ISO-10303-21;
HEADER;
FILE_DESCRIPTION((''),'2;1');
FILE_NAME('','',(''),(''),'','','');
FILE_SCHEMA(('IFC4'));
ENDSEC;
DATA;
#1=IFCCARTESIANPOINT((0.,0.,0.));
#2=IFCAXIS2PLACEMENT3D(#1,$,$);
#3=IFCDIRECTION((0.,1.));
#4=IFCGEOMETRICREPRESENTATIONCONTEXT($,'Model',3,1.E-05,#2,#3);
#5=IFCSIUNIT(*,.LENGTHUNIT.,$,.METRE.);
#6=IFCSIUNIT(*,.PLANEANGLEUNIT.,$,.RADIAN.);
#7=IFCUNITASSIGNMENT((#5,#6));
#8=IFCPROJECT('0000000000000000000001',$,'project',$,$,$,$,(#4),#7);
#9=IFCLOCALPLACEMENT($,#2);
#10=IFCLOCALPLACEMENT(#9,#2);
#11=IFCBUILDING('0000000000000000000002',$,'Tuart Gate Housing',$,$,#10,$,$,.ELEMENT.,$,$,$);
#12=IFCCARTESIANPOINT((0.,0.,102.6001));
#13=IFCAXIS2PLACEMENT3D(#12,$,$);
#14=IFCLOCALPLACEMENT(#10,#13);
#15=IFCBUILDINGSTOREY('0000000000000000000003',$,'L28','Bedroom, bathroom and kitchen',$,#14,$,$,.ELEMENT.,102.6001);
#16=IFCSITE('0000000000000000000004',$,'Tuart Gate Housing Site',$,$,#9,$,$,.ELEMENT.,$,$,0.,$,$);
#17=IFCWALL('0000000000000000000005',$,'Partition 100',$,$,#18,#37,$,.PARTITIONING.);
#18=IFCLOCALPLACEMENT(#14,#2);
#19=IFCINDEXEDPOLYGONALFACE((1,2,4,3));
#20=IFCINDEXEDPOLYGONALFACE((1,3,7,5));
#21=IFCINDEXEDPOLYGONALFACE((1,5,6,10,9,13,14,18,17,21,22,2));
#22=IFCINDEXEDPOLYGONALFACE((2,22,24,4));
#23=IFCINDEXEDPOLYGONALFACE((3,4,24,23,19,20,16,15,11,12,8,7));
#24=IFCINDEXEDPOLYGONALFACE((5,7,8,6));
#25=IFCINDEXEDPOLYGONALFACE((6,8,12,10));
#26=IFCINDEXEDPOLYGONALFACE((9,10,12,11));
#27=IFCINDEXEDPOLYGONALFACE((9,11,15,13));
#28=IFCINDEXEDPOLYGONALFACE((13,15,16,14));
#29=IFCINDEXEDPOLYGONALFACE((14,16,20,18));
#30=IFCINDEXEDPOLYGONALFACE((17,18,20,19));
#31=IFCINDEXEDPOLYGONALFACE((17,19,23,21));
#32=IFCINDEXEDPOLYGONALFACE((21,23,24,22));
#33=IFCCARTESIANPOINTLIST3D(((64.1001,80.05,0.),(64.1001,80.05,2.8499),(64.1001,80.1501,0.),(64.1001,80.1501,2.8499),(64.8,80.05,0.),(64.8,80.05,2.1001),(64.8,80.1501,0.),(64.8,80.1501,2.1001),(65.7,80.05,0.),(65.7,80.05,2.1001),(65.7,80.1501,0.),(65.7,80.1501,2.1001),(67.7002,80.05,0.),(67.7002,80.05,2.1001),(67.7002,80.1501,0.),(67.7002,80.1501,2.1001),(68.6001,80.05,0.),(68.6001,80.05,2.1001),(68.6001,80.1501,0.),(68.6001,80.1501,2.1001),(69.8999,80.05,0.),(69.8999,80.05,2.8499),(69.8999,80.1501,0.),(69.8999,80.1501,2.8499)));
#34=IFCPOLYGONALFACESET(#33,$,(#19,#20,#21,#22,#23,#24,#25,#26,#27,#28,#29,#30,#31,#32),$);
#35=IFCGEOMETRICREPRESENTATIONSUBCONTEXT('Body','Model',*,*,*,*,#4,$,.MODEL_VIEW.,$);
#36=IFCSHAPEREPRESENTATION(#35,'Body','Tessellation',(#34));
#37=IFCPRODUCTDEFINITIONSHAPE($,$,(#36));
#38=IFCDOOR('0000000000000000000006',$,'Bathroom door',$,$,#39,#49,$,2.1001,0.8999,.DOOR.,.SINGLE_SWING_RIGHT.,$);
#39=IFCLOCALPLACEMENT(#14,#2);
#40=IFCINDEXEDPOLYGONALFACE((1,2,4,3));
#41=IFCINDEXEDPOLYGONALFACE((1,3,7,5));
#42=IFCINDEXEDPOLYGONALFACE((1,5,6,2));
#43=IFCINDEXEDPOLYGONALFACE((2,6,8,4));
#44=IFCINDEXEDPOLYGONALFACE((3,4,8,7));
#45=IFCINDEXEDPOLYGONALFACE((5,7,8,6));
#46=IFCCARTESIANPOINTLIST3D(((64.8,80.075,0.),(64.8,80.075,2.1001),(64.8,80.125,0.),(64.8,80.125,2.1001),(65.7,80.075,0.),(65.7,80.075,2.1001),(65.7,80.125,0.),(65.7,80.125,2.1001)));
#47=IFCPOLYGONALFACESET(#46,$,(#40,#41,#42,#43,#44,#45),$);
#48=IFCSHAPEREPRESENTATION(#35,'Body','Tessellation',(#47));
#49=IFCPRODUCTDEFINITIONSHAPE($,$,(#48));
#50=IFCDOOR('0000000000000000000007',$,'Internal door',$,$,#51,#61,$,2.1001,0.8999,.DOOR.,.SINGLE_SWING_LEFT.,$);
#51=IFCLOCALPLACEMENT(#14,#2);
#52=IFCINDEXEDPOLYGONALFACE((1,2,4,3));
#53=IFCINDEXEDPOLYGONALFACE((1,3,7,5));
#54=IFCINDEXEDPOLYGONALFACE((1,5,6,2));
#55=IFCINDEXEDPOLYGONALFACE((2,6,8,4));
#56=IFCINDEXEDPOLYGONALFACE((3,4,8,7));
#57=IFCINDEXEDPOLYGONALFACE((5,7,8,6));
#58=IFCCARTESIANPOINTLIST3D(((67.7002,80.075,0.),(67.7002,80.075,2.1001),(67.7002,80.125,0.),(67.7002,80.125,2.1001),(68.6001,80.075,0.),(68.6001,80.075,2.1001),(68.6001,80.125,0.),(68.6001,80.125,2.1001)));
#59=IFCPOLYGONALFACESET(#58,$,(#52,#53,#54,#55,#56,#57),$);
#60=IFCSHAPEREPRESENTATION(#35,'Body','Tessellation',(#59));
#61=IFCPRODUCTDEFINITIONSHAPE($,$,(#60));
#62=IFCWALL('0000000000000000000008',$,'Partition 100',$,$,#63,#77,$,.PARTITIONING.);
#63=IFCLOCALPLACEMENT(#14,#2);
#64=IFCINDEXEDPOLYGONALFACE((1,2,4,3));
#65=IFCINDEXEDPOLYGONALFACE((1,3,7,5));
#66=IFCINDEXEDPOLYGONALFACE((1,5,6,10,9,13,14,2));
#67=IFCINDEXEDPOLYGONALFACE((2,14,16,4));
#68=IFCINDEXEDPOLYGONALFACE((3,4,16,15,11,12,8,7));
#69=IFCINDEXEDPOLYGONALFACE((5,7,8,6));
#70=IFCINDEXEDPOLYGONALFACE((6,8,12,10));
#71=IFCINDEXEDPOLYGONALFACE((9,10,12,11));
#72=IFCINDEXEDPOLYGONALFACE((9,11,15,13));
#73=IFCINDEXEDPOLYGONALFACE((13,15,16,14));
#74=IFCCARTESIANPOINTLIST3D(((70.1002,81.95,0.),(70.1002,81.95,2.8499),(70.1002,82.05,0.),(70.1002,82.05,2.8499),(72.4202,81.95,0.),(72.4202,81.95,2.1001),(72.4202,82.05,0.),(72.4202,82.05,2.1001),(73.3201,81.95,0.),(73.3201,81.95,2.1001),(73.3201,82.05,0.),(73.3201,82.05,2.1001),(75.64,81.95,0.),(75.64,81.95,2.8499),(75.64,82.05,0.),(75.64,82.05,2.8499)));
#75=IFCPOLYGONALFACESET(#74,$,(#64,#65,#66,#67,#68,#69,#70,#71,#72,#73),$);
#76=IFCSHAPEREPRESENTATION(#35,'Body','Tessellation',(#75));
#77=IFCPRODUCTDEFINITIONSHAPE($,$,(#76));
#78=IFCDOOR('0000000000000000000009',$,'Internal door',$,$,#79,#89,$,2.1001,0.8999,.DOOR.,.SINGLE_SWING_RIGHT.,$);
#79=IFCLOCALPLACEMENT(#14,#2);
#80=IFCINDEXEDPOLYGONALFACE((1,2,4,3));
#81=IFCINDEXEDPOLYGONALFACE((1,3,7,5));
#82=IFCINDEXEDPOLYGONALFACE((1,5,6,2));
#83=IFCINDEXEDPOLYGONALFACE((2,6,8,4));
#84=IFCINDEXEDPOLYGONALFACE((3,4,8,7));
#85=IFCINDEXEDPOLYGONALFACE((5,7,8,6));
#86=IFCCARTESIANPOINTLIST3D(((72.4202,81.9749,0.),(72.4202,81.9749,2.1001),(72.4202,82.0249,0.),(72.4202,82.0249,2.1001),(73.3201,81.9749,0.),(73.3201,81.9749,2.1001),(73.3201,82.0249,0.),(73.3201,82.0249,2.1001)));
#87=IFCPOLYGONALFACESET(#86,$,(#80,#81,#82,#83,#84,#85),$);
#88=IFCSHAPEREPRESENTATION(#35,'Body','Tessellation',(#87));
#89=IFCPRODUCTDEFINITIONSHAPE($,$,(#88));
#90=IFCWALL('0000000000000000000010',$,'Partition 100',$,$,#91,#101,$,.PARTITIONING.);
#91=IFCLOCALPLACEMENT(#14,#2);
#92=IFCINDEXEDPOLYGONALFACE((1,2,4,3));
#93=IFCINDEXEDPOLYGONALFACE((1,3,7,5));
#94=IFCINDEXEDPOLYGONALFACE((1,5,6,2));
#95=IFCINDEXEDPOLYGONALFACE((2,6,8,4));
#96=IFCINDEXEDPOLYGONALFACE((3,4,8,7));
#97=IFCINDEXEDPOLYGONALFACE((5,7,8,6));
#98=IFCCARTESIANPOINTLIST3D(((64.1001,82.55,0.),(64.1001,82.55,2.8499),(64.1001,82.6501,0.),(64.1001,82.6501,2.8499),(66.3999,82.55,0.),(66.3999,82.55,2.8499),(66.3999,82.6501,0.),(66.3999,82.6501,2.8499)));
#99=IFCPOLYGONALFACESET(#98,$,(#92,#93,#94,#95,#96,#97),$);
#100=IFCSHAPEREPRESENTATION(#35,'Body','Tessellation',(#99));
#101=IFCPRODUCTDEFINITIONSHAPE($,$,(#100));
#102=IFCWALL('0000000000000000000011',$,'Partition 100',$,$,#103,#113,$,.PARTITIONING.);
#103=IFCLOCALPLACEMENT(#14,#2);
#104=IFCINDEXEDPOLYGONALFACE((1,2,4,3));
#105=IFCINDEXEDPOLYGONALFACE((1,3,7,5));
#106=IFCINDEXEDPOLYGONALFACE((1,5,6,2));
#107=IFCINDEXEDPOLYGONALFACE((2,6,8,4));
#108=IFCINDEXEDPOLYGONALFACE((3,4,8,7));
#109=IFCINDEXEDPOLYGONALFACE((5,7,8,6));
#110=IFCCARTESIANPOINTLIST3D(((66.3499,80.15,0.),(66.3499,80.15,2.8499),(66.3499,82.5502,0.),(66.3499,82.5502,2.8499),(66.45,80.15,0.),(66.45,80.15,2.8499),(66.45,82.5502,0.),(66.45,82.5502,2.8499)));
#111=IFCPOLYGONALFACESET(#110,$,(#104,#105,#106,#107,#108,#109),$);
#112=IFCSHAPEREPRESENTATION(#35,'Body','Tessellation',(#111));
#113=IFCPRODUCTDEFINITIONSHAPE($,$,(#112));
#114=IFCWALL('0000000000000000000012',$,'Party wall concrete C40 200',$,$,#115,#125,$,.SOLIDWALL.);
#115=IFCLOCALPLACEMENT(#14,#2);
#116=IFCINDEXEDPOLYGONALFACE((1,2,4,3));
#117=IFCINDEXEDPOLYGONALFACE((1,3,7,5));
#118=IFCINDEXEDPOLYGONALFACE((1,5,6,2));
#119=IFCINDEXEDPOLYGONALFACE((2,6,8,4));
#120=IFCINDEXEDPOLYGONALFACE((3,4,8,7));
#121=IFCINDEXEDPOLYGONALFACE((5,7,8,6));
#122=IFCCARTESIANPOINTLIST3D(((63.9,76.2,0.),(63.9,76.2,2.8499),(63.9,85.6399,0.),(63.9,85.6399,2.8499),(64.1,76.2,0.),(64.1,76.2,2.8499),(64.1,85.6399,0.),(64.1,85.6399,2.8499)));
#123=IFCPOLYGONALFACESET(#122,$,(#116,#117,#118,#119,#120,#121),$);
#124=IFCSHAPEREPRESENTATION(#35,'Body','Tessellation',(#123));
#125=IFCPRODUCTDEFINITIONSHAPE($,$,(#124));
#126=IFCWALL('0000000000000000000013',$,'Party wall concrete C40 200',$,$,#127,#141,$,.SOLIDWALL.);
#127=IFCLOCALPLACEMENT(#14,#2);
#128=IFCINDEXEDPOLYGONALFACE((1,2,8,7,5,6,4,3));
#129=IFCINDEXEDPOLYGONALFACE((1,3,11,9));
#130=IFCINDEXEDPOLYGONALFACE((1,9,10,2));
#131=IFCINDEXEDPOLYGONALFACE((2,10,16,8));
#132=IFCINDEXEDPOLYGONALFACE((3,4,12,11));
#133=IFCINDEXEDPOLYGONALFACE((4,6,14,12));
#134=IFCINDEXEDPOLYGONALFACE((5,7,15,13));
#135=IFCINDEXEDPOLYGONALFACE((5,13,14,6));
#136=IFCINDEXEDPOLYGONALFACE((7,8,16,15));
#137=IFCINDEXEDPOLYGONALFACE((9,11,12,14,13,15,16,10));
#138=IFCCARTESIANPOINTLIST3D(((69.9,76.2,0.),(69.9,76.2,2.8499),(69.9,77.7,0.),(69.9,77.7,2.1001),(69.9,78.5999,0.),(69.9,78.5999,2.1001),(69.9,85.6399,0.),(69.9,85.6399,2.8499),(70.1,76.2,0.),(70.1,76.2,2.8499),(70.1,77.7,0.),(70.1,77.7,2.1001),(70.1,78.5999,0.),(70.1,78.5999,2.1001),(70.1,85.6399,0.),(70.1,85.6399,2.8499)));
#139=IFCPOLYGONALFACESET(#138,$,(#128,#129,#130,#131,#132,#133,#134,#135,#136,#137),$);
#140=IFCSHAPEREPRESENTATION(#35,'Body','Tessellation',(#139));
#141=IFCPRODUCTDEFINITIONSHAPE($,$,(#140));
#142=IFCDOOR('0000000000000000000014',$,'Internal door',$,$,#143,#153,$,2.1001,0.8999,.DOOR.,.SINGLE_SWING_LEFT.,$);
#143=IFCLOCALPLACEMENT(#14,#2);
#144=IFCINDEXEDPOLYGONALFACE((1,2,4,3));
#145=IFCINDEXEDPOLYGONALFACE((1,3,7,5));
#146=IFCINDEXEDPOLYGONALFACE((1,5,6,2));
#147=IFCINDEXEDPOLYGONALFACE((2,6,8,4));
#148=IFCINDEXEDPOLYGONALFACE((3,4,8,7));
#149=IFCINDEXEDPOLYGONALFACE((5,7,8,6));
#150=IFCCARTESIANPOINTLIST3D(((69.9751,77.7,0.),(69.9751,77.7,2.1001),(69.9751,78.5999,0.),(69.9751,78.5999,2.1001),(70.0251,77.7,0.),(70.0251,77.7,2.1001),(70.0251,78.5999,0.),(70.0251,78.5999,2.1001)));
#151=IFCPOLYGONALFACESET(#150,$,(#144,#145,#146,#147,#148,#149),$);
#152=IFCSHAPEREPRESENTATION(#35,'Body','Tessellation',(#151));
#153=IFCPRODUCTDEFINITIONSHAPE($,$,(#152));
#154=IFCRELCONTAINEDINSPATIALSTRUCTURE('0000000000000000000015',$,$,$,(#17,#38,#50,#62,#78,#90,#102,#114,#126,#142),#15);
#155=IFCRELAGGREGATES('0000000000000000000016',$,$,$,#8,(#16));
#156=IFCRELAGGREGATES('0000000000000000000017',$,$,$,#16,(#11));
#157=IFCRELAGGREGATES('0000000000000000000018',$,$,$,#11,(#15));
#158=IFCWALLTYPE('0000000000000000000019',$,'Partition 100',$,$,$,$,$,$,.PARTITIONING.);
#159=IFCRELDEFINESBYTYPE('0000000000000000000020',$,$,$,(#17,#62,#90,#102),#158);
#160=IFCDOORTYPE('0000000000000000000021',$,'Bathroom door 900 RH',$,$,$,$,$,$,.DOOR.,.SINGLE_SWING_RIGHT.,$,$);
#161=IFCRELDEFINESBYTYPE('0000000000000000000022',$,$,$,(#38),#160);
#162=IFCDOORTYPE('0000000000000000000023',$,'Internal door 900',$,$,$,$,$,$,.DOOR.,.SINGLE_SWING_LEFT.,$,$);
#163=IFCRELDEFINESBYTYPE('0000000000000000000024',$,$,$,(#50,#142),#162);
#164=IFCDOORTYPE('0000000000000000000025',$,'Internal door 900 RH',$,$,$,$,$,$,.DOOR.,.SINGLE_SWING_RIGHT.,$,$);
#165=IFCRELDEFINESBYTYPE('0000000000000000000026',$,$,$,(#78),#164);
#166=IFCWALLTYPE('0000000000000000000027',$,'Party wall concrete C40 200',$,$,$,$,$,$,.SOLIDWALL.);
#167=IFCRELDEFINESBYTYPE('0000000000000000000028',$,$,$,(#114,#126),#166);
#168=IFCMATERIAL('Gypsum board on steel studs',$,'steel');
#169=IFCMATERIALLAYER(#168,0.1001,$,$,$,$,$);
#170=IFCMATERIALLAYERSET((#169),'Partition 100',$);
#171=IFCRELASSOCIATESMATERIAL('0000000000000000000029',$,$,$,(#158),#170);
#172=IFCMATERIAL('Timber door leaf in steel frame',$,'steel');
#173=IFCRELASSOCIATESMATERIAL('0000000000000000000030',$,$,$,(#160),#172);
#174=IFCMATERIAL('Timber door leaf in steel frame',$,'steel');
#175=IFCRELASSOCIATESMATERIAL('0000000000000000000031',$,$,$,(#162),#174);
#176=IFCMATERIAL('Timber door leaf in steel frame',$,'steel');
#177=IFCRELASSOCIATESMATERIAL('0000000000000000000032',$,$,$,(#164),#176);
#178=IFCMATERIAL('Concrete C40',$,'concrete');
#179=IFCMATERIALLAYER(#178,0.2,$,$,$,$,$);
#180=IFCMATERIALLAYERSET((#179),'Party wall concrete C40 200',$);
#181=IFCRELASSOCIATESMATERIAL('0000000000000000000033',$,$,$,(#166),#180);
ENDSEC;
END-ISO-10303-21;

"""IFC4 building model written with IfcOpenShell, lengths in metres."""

from ifc_helpers import new_model, si_unit, direction, frame, frame_2d, origin, place, context, subcontext, project, spatial, rectangle, extrude, material, layer, layer_set, type_object, element, fill, save


model = new_model("IFC4")

# Units and contexts
model_context = context("Model", 3, precision=1e-05, world=origin(), true_north=direction((0.0, 1.0)))
body_context = subcontext(model_context, "Body", "Model", "MODEL_VIEW")
ifc_project = project(units=[si_unit("LENGTHUNIT", "METRE"), si_unit("PLANEANGLEUNIT", "RADIAN")], contexts=[model_context])

# Site, building, storey
site_placement = place(None, origin())
site = spatial("IfcSite", under=ifc_project, at=site_placement, Name="Tuart Gate Housing Site", CompositionType="ELEMENT", RefElevation=0.0)
building_placement = place(site_placement, origin())
building = spatial("IfcBuilding", under=site, at=building_placement, Name="Tuart Gate Housing", CompositionType="ELEMENT")
storey_placement = place(building_placement, frame((0.0, 0.0, 102.6001)))
storey = spatial("IfcBuildingStorey", under=building, at=storey_placement, Name="L28", Description="Bedroom, bathroom and kitchen", CompositionType="ELEMENT", Elevation=102.6001)

# Wall, openings, doors
ifc_material_1 = material(Name="Gypsum board on steel studs", Category="steel")
ifc_layer_1 = layer(ifc_material_1, 0.1001)
ifc_layer_set_1 = layer_set([ifc_layer_1], Name="Partition 100")
wall_type_1 = type_object("IfcWallType", Name="Partition 100", PredefinedType="PARTITIONING", material=ifc_layer_set_1)
wall_1_placement = place(storey_placement, frame((64.1001, 80.1001, 0.0), z_axis=(0.0, 0.0, 1.0), x_axis=(1.0, 0.0, 0.0)))
wall_1 = element("IfcWall", 1, at=wall_1_placement, inside=storey, type_object=wall_type_1, Name="Partition 100", PredefinedType="PARTITIONING", context=body_context, shape_type="SweptSolid", body=[
    extrude(rectangle(XDim=5.7998, YDim=0.1001, at=frame_2d((2.8999, 0.0))), origin(), (0.0, 0.0, 1.0), 2.8499),
])
opening_1_placement = place(wall_1_placement, frame((3.6001, 0.0, 0.0)))
opening_1 = element("IfcOpeningElement", 2, at=opening_1_placement, cuts=wall_1, PredefinedType="OPENING", context=body_context, shape_type="SweptSolid", body=[
    extrude(rectangle(XDim=0.8999, YDim=2.1001, at=frame_2d((0.45, 1.05))), frame((0.0, 0.0601, 0.0), z_axis=(0.0, -1.0, 0.0), x_axis=(1.0, 0.0, 0.0)), (0.0, 0.0, 1.0), 0.1201),
])
opening_2_placement = place(wall_1_placement, frame((0.7, 0.0, 0.0)))
opening_2 = element("IfcOpeningElement", 3, at=opening_2_placement, cuts=wall_1, PredefinedType="OPENING", context=body_context, shape_type="SweptSolid", body=[
    extrude(rectangle(XDim=0.8999, YDim=2.1001, at=frame_2d((0.45, 1.05))), frame((0.0, 0.0601, 0.0), z_axis=(0.0, -1.0, 0.0), x_axis=(1.0, 0.0, 0.0)), (0.0, 0.0, 1.0), 0.1201),
])
ifc_material_2 = material(Name="Timber door leaf in steel frame", Category="steel")
door_type_1 = type_object("IfcDoorType", Name="Bathroom door 900 RH", OperationType="SINGLE_SWING_RIGHT", PredefinedType="DOOR", material=ifc_material_2)
door_1_placement = place(opening_2_placement, origin())
door_1 = element("IfcDoor", 4, at=door_1_placement, inside=storey, type_object=door_type_1, Name="Bathroom door", OperationType="SINGLE_SWING_RIGHT", OverallHeight=2.1001, OverallWidth=0.8999, PredefinedType="DOOR", context=body_context, shape_type="SweptSolid", body=[
    extrude(rectangle(XDim=0.8999, YDim=2.1001, at=frame_2d((0.45, 1.05))), frame((0.0, 0.0249, 0.0), z_axis=(0.0, -1.0, 0.0), x_axis=(1.0, 0.0, 0.0)), (0.0, 0.0, 1.0), 0.05),
])
fill(opening_2, door_1)
ifc_material_3 = material(Name="Timber door leaf in steel frame", Category="steel")
door_type_2 = type_object("IfcDoorType", Name="Internal door 900", OperationType="SINGLE_SWING_LEFT", PredefinedType="DOOR", material=ifc_material_3)
door_2_placement = place(opening_1_placement, origin())
door_2 = element("IfcDoor", 5, at=door_2_placement, inside=storey, type_object=door_type_2, Name="Internal door", OperationType="SINGLE_SWING_LEFT", OverallHeight=2.1001, OverallWidth=0.8999, PredefinedType="DOOR", context=body_context, shape_type="SweptSolid", body=[
    extrude(rectangle(XDim=0.8999, YDim=2.1001, at=frame_2d((0.45, 1.05))), frame((0.0, 0.0249, 0.0), z_axis=(0.0, -1.0, 0.0), x_axis=(1.0, 0.0, 0.0)), (0.0, 0.0, 1.0), 0.05),
])
fill(opening_1, door_2)

# Wall, opening, door
wall_2_placement = place(storey_placement, frame((70.1001, 82.0, 0.0), z_axis=(0.0, 0.0, 1.0), x_axis=(1.0, 0.0, 0.0)))
wall_2 = element("IfcWall", 6, at=wall_2_placement, inside=storey, type_object=wall_type_1, Name="Partition 100", PredefinedType="PARTITIONING", context=body_context, shape_type="SweptSolid", body=[
    extrude(rectangle(XDim=5.5398, YDim=0.1001, at=frame_2d((2.77, 0.0))), origin(), (0.0, 0.0, 1.0), 2.8499),
])
opening_3_placement = place(wall_2_placement, frame((2.3201, 0.0, 0.0)))
opening_3 = element("IfcOpeningElement", 7, at=opening_3_placement, cuts=wall_2, PredefinedType="OPENING", context=body_context, shape_type="SweptSolid", body=[
    extrude(rectangle(XDim=0.8999, YDim=2.1001, at=frame_2d((0.45, 1.05))), frame((0.0, 0.0601, 0.0), z_axis=(0.0, -1.0, 0.0), x_axis=(1.0, 0.0, 0.0)), (0.0, 0.0, 1.0), 0.1201),
])
ifc_material_4 = material(Name="Timber door leaf in steel frame", Category="steel")
door_type_3 = type_object("IfcDoorType", Name="Internal door 900 RH", OperationType="SINGLE_SWING_RIGHT", PredefinedType="DOOR", material=ifc_material_4)
door_3_placement = place(opening_3_placement, origin())
door_3 = element("IfcDoor", 8, at=door_3_placement, inside=storey, type_object=door_type_3, Name="Internal door", OperationType="SINGLE_SWING_RIGHT", OverallHeight=2.1001, OverallWidth=0.8999, PredefinedType="DOOR", context=body_context, shape_type="SweptSolid", body=[
    extrude(rectangle(XDim=0.8999, YDim=2.1001, at=frame_2d((0.45, 1.05))), frame((0.0, 0.0249, 0.0), z_axis=(0.0, -1.0, 0.0), x_axis=(1.0, 0.0, 0.0)), (0.0, 0.0, 1.0), 0.05),
])
fill(opening_3, door_3)

# Walls
wall_3_placement = place(storey_placement, frame((64.1001, 82.6001, 0.0), z_axis=(0.0, 0.0, 1.0), x_axis=(1.0, 0.0, 0.0)))
element("IfcWall", 9, at=wall_3_placement, inside=storey, type_object=wall_type_1, Name="Partition 100", PredefinedType="PARTITIONING", context=body_context, shape_type="SweptSolid", body=[
    extrude(rectangle(XDim=2.2998, YDim=0.1001, at=frame_2d((1.1499, 0.0))), origin(), (0.0, 0.0, 1.0), 2.8499),
])
wall_4_placement = place(storey_placement, frame((66.3999, 80.1499, 0.0), z_axis=(0.0, 0.0, 1.0), x_axis=(0.0, 1.0, 0.0)))
element("IfcWall", 10, at=wall_4_placement, inside=storey, type_object=wall_type_1, Name="Partition 100", PredefinedType="PARTITIONING", context=body_context, shape_type="SweptSolid", body=[
    extrude(rectangle(XDim=2.4001, YDim=0.1001, at=frame_2d((1.2002, 0.0))), origin(), (0.0, 0.0, 1.0), 2.8499),
])
ifc_material_5 = material(Name="Concrete C40", Category="concrete")
ifc_layer_2 = layer(ifc_material_5, 0.2)
ifc_layer_set_2 = layer_set([ifc_layer_2], Name="Party wall concrete C40 200")
wall_type_2 = type_object("IfcWallType", Name="Party wall concrete C40 200", PredefinedType="SOLIDWALL", material=ifc_layer_set_2)
wall_5_placement = place(storey_placement, frame((64.0, 76.2, 0.0), z_axis=(0.0, 0.0, 1.0), x_axis=(0.0, 1.0, 0.0)))
element("IfcWall", 11, at=wall_5_placement, inside=storey, type_object=wall_type_2, Name="Party wall concrete C40 200", PredefinedType="SOLIDWALL", context=body_context, shape_type="SweptSolid", body=[
    extrude(rectangle(XDim=9.4399, YDim=0.2, at=frame_2d((4.72, 0.0))), origin(), (0.0, 0.0, 1.0), 2.8499),
])

# Wall, opening, door
wall_6_placement = place(storey_placement, frame((70.0, 76.2, 0.0), z_axis=(0.0, 0.0, 1.0), x_axis=(0.0, 1.0, 0.0)))
wall_6 = element("IfcWall", 12, at=wall_6_placement, inside=storey, type_object=wall_type_2, Name="Party wall concrete C40 200", PredefinedType="SOLIDWALL", context=body_context, shape_type="SweptSolid", body=[
    extrude(rectangle(XDim=9.4399, YDim=0.2, at=frame_2d((4.72, 0.0))), origin(), (0.0, 0.0, 1.0), 2.8499),
])
opening_4_placement = place(wall_6_placement, frame((1.5, 0.0, 0.0)))
opening_4 = element("IfcOpeningElement", 13, at=opening_4_placement, cuts=wall_6, PredefinedType="OPENING", context=body_context, shape_type="SweptSolid", body=[
    extrude(rectangle(XDim=0.8999, YDim=2.1001, at=frame_2d((0.45, 1.05))), frame((0.0, 0.1099, 0.0), z_axis=(0.0, -1.0, 0.0), x_axis=(1.0, 0.0, 0.0)), (0.0, 0.0, 1.0), 0.22),
])
door_4_placement = place(opening_4_placement, origin())
door_4 = element("IfcDoor", 14, at=door_4_placement, inside=storey, type_object=door_type_2, Name="Internal door", OperationType="SINGLE_SWING_LEFT", OverallHeight=2.1001, OverallWidth=0.8999, PredefinedType="DOOR", context=body_context, shape_type="SweptSolid", body=[
    extrude(rectangle(XDim=0.8999, YDim=2.1001, at=frame_2d((0.45, 1.05))), frame((0.0, 0.0249, 0.0), z_axis=(0.0, -1.0, 0.0), x_axis=(1.0, 0.0, 0.0)), (0.0, 0.0, 1.0), 0.05),
])
fill(opening_4, door_4)

save(model, "model.ifc")
